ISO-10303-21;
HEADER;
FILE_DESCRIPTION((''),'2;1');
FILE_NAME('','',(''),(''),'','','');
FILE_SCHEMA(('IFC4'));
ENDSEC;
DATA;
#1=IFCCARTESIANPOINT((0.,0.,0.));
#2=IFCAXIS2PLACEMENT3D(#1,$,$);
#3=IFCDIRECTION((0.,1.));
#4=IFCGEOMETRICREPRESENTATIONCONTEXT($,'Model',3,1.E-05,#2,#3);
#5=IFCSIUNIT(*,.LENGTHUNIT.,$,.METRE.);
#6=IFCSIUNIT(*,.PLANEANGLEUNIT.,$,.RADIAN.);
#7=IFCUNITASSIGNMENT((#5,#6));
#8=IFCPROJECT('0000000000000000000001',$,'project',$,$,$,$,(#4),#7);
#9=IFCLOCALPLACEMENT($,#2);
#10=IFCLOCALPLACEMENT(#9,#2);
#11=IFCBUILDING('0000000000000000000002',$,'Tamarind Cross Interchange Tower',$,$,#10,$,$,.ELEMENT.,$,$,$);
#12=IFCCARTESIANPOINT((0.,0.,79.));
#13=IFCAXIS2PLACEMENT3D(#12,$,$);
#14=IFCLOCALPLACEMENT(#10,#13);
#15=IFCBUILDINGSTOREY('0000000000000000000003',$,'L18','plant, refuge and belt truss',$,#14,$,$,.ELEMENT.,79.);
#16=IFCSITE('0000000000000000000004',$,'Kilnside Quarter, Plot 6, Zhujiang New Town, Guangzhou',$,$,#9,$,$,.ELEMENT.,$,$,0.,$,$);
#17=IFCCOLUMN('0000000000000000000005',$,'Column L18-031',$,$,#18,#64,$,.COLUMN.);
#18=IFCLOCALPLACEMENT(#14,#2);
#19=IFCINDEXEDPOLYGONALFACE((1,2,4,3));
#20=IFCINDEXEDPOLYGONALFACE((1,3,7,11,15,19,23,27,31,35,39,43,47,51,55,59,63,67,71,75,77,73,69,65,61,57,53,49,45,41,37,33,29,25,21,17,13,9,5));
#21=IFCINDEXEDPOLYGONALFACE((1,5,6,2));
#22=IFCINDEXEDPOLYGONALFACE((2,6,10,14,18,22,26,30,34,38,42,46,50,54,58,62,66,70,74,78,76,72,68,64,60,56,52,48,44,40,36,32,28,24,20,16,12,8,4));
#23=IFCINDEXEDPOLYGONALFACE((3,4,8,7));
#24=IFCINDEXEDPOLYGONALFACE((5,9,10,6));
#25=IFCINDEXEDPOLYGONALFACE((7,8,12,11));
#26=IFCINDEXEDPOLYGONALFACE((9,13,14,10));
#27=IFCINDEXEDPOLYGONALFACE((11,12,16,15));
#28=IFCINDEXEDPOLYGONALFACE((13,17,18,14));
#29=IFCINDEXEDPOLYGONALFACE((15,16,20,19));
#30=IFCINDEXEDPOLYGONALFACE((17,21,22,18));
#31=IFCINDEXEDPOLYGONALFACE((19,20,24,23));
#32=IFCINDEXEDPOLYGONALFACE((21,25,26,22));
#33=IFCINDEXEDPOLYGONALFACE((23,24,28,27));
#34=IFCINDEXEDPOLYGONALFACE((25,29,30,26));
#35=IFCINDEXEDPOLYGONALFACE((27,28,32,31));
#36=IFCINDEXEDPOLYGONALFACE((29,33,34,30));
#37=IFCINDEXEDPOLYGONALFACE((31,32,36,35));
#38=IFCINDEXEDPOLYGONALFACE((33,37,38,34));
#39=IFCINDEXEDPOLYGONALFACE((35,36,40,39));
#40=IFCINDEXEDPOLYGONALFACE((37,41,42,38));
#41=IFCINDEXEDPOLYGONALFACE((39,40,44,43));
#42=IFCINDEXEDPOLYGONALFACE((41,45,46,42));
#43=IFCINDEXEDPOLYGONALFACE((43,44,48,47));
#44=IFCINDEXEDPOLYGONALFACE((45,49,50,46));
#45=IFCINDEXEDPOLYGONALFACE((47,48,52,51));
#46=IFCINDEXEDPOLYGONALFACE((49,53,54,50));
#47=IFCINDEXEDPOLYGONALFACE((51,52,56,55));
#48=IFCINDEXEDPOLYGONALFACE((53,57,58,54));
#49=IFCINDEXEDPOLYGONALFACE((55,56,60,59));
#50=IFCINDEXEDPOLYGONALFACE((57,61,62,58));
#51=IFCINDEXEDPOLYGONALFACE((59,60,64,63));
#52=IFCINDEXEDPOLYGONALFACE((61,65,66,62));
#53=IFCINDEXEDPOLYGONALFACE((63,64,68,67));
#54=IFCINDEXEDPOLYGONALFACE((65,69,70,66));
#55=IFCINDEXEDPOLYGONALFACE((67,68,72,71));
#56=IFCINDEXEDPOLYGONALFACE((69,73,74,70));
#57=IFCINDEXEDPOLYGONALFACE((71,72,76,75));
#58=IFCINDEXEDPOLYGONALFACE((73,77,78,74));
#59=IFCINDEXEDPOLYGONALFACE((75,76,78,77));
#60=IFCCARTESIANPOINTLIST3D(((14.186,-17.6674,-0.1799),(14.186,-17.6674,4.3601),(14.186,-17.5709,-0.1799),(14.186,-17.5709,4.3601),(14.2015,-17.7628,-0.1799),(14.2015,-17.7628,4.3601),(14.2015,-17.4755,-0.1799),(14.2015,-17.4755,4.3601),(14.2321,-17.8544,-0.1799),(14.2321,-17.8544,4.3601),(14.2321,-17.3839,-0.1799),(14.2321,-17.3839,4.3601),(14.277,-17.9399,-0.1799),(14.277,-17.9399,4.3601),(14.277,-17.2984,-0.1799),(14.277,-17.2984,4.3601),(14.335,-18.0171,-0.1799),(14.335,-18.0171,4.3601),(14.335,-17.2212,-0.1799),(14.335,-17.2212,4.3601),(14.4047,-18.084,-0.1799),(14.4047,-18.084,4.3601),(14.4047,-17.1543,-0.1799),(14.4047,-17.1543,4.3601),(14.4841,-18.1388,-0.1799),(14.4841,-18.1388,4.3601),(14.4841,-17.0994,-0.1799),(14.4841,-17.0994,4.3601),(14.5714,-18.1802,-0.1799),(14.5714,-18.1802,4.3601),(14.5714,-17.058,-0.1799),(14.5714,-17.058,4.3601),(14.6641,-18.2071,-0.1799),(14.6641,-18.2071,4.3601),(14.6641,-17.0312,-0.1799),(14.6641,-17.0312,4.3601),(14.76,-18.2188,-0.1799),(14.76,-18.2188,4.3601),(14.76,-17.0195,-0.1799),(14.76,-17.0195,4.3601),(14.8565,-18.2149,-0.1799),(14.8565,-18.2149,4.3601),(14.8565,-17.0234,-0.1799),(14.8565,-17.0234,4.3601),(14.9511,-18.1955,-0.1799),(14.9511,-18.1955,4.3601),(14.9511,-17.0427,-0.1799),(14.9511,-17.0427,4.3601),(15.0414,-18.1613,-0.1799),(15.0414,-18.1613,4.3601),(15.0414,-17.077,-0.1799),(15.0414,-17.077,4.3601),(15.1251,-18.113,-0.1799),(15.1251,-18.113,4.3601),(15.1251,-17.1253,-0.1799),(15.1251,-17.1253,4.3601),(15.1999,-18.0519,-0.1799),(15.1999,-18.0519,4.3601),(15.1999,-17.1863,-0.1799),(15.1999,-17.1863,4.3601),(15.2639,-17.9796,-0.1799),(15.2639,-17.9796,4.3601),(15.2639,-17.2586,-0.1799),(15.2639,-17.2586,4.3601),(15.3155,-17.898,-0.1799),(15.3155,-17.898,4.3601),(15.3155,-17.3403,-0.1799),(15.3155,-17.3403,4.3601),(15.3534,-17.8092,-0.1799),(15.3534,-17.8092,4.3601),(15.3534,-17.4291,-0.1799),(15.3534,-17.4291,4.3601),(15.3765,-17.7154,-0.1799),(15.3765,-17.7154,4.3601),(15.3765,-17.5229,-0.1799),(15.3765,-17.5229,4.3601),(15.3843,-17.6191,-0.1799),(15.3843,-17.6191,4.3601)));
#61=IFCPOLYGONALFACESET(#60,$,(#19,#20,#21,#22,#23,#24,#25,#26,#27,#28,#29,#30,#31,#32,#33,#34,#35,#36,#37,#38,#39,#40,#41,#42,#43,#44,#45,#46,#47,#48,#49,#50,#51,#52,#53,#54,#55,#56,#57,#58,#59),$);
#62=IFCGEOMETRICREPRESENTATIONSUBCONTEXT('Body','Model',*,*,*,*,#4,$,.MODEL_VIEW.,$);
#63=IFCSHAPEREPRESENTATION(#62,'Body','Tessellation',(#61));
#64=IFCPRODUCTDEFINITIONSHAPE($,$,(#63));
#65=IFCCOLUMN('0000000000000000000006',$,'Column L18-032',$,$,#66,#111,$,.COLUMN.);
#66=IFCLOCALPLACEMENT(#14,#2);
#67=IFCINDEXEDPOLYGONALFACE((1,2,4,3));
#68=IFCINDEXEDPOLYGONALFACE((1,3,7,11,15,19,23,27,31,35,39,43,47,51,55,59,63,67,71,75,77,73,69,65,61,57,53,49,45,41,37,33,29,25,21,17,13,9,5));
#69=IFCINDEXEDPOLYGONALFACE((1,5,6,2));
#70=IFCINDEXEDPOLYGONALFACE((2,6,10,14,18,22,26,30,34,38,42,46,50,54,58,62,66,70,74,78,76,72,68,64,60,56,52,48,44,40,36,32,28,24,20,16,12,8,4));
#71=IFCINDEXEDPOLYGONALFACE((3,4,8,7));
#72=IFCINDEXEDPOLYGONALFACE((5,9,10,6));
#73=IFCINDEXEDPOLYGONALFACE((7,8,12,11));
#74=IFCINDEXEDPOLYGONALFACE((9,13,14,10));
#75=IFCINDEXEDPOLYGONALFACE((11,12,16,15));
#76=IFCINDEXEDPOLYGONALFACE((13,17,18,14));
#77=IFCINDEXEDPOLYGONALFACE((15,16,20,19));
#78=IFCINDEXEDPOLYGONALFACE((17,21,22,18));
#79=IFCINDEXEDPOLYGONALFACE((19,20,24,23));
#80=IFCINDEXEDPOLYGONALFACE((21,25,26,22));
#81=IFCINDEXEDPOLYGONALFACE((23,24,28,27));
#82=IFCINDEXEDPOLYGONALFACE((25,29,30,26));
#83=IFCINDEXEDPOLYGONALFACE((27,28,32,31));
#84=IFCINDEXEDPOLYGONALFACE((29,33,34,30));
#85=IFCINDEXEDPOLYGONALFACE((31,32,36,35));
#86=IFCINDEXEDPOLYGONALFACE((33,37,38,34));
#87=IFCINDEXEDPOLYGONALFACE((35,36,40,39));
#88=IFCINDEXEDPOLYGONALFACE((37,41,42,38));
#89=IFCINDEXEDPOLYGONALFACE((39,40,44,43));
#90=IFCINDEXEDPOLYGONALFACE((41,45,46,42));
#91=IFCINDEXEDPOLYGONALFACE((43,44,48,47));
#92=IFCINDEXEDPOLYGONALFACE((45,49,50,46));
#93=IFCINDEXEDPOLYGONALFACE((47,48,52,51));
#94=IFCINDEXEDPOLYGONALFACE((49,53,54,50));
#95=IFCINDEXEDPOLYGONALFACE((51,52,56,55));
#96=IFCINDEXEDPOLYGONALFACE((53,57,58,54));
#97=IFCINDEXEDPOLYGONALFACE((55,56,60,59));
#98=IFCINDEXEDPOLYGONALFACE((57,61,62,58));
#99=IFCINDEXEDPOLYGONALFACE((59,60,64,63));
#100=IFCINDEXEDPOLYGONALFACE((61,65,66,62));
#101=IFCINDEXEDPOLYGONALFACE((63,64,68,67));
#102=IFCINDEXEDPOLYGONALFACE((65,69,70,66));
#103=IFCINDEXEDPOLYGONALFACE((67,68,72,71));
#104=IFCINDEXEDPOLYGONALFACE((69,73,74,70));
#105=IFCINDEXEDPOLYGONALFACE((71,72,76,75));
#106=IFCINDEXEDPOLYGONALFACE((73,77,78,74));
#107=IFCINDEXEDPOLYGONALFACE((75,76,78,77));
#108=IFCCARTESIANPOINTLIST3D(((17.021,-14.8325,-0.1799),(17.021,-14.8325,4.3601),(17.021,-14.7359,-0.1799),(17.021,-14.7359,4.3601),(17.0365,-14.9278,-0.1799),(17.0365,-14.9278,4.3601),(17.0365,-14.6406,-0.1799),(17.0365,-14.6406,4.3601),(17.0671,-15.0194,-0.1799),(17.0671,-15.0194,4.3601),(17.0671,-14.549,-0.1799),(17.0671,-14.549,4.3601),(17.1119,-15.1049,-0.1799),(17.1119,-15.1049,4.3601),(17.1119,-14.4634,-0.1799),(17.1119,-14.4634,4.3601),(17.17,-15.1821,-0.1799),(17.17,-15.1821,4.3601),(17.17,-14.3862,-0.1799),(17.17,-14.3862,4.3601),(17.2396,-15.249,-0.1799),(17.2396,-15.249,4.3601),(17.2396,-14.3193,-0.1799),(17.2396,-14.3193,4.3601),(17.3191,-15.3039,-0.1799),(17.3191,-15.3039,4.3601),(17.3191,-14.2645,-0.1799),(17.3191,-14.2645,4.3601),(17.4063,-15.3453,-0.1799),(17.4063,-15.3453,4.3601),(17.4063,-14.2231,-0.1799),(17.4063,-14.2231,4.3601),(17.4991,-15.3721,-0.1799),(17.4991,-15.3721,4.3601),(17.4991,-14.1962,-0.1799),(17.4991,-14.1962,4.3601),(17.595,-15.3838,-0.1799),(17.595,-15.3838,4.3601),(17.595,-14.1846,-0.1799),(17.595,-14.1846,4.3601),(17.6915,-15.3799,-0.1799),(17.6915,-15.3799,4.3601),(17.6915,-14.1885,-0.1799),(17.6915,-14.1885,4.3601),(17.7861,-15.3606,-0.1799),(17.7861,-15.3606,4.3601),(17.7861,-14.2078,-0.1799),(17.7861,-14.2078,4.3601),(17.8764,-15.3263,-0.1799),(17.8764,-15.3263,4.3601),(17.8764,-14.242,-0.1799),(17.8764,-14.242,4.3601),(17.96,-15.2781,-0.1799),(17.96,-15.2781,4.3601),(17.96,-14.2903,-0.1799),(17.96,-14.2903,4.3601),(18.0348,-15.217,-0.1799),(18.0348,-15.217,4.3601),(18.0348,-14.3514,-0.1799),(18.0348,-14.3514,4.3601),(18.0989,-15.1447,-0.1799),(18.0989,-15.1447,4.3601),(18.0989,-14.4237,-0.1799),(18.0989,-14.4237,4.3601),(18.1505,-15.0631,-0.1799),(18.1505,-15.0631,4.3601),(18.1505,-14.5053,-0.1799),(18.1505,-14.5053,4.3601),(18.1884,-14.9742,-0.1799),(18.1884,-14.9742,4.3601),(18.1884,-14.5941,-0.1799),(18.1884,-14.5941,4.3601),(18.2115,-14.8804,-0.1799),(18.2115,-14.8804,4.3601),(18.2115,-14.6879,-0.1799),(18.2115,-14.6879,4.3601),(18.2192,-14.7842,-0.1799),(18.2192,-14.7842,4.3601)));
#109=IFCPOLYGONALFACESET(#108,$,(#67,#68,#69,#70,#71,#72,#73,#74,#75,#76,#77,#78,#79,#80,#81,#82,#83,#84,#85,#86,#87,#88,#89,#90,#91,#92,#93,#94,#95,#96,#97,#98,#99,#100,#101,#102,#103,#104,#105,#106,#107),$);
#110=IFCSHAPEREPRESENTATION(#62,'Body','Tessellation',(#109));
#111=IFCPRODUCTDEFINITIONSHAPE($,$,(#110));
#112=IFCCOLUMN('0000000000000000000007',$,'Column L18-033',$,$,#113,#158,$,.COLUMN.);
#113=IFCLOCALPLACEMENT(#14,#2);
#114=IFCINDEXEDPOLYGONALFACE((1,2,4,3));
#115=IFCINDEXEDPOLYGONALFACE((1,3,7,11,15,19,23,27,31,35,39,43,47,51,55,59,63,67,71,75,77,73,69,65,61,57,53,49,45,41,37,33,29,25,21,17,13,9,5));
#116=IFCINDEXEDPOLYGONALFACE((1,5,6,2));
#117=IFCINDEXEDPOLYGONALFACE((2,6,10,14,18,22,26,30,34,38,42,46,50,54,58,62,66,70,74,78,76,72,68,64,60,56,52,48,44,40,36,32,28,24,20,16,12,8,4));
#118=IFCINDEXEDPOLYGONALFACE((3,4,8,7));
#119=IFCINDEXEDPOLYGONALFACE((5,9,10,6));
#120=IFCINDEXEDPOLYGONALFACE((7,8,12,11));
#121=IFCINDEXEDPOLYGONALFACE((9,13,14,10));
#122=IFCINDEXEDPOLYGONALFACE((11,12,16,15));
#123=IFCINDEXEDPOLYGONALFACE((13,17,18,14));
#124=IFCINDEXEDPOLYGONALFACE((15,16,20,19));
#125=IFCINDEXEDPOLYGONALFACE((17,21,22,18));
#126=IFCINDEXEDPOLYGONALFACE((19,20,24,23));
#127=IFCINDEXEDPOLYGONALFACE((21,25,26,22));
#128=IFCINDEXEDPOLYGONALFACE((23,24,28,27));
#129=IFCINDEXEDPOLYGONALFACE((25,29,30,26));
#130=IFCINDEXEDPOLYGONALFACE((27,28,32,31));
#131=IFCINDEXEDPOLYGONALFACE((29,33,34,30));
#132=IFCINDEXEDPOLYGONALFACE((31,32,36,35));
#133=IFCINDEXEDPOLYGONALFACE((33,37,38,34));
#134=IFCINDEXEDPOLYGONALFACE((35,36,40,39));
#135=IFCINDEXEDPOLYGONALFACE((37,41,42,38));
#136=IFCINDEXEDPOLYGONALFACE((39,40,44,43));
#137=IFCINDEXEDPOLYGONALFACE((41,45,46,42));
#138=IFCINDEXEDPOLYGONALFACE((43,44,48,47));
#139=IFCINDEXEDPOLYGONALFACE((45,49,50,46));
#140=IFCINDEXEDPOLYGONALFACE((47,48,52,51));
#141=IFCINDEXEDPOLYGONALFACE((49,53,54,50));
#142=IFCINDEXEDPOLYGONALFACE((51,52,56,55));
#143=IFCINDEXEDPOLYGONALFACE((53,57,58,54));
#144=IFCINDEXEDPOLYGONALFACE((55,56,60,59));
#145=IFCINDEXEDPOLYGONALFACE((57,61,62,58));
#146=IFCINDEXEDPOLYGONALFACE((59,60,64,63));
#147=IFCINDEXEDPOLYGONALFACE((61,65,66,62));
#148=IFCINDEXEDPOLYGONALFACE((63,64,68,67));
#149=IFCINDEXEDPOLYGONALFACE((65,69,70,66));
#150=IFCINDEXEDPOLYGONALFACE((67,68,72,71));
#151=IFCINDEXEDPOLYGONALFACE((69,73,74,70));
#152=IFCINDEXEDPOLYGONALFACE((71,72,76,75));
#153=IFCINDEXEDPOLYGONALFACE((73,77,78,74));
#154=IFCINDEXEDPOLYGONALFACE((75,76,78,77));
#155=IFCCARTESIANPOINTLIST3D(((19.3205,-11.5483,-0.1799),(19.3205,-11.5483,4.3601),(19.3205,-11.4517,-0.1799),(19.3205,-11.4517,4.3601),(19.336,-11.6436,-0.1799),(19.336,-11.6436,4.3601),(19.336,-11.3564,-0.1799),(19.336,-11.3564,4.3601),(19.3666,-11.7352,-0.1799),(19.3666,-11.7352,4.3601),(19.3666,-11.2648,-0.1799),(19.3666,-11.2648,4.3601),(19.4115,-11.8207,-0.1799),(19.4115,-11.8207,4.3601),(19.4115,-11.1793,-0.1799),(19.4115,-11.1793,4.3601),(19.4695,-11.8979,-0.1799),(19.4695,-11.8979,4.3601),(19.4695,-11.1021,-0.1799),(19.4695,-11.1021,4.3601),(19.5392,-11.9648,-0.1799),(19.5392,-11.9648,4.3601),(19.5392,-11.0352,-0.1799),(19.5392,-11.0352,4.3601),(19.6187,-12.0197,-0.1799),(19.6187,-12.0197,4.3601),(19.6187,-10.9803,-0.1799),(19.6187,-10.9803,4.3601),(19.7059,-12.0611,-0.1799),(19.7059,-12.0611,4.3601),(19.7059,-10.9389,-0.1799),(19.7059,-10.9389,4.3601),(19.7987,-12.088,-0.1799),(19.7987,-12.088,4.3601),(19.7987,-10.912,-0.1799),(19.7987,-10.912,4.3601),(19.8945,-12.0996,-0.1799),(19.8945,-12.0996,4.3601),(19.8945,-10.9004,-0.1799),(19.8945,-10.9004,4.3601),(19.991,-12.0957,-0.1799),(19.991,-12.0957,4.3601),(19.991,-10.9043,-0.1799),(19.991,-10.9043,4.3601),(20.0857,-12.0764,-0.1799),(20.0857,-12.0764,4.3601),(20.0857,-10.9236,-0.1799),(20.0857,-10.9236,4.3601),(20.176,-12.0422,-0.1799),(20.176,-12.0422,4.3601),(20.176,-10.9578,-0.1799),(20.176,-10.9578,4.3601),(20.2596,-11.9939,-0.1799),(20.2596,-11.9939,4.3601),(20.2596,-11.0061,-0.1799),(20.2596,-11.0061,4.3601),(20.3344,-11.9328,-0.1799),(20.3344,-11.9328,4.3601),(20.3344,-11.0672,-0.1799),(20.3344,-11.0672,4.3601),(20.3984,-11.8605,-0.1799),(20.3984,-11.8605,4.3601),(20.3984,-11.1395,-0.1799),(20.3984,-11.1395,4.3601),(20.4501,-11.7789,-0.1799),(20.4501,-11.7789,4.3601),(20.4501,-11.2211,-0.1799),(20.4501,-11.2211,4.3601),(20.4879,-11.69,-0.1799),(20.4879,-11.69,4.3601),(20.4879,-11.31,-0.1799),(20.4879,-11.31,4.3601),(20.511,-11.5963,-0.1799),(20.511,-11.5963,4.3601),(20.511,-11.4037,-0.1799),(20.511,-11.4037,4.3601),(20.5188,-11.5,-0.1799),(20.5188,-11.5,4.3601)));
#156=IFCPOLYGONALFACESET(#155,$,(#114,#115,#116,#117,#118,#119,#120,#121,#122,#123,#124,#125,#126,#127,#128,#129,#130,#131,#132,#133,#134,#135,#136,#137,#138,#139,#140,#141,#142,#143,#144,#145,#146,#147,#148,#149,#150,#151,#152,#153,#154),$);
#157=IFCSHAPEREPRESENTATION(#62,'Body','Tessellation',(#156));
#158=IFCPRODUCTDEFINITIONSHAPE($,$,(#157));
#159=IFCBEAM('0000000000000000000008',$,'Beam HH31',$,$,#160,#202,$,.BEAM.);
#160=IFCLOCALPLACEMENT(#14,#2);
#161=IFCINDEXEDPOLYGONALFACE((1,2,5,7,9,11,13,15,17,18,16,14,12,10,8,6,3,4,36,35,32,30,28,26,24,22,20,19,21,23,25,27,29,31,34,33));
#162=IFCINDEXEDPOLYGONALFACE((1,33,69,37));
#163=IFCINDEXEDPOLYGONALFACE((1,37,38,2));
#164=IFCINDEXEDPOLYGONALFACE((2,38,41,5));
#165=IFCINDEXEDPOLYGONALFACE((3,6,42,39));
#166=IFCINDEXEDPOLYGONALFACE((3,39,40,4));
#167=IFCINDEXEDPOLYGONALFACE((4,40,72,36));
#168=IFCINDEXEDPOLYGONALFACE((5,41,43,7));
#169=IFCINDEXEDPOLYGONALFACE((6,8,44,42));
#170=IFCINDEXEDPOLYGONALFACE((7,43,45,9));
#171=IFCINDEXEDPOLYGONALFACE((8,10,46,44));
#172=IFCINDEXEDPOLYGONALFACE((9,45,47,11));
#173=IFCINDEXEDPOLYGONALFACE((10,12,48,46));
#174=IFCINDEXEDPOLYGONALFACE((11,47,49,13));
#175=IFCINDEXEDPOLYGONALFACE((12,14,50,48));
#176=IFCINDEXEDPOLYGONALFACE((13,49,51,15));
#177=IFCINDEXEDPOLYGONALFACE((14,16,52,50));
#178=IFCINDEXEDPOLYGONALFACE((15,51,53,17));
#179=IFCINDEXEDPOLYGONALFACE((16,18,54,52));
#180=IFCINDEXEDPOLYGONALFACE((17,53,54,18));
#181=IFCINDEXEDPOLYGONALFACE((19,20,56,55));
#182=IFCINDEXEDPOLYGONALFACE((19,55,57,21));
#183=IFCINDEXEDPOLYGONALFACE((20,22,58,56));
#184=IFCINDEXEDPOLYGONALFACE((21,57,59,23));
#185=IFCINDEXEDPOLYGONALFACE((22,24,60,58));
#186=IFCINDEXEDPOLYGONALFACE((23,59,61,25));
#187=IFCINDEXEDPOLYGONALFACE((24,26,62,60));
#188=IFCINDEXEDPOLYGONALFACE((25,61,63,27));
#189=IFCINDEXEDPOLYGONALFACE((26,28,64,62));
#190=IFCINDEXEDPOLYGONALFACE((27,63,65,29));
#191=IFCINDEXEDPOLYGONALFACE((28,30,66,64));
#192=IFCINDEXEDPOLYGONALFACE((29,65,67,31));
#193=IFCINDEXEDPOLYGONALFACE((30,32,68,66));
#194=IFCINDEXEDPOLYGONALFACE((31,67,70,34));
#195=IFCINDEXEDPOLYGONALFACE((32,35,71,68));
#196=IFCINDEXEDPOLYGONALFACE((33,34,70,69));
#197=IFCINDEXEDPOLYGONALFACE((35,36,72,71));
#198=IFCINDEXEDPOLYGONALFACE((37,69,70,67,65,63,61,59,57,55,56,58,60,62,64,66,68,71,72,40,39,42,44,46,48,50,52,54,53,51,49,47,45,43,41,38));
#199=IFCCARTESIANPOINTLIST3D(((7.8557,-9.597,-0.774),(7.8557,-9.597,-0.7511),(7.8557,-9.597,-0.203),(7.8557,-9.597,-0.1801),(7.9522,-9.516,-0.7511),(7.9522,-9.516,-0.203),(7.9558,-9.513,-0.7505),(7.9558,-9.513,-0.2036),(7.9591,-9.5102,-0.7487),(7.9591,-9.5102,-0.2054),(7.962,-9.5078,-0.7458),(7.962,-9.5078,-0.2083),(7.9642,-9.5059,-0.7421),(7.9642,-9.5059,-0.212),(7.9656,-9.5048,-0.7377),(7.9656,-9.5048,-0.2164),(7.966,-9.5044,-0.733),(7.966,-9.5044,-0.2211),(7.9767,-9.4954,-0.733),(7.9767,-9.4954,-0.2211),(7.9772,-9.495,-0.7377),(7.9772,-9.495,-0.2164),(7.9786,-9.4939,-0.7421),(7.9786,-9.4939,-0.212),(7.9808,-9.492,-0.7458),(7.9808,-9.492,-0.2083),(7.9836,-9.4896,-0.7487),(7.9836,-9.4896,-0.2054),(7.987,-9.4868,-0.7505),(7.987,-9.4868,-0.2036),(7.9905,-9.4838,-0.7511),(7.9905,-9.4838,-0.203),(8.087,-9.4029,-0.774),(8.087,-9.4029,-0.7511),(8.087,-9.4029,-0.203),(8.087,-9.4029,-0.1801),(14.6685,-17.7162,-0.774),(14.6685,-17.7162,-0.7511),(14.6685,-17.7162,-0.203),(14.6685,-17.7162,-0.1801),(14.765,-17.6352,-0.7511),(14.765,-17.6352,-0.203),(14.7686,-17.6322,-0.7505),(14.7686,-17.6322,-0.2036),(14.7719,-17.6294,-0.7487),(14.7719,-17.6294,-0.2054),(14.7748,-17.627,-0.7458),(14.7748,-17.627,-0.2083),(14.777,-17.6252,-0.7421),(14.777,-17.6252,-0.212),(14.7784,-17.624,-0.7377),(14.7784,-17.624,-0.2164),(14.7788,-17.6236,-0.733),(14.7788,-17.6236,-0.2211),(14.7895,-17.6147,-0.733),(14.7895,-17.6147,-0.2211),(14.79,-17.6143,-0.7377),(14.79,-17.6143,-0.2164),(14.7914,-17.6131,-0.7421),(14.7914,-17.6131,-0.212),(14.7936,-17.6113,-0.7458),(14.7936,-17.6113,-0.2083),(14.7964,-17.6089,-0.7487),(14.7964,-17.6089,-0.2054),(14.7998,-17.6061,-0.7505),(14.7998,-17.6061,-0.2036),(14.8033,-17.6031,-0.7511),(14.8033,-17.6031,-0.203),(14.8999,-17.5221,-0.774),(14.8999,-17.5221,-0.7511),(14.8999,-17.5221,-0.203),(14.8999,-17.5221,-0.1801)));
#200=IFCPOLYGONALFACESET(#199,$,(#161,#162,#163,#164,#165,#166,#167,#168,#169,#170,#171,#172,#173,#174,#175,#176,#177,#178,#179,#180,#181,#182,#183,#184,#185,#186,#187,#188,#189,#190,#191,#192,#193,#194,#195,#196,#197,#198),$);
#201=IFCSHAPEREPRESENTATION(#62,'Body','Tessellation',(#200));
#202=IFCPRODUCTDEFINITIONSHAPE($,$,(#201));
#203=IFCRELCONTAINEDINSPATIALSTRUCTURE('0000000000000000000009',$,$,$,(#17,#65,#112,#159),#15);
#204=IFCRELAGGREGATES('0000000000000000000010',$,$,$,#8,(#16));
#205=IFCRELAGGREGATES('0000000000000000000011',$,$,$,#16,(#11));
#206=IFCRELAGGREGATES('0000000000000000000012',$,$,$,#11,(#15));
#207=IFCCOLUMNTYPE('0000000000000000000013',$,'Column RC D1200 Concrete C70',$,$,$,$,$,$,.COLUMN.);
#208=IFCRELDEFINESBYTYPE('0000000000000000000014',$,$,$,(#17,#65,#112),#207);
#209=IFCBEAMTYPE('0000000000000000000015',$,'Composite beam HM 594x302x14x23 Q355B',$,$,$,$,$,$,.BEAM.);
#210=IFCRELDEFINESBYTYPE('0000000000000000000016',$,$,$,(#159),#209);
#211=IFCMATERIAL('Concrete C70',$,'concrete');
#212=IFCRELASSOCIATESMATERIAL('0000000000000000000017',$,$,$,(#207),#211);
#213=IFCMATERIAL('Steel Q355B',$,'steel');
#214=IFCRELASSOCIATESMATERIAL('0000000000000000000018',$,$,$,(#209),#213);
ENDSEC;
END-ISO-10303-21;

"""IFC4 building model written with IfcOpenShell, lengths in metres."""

from ifc_helpers import new_model, si_unit, direction, frame, origin, origin_2d, place, context, subcontext, project, spatial, circle, i_section, extrude, material, material_profile, profile_set, type_object, element, save


model = new_model("IFC4")

# Units and contexts
model_context = context("Model", 3, precision=1e-05, world=origin(), true_north=direction((0.0, 1.0)))
body_context = subcontext(model_context, "Body", "Model", "MODEL_VIEW")
ifc_project = project(units=[si_unit("LENGTHUNIT", "METRE"), si_unit("PLANEANGLEUNIT", "RADIAN")], contexts=[model_context])

# Site, building, storey
site_placement = place(None, origin())
site = spatial("IfcSite", under=ifc_project, at=site_placement, Name="Kilnside Quarter, Plot 6, Zhujiang New Town, Guangzhou", CompositionType="ELEMENT", RefElevation=0.0)
building_placement = place(site_placement, origin())
building = spatial("IfcBuilding", under=site, at=building_placement, Name="Tamarind Cross Interchange Tower", CompositionType="ELEMENT")
storey_placement = place(building_placement, frame((0.0, 0.0, 79.0)))
storey = spatial("IfcBuildingStorey", under=building, at=storey_placement, Name="L18", Description="plant, refuge and belt truss", CompositionType="ELEMENT", Elevation=79.0)

# Columns
ifc_material_1 = material(Name="Concrete C70", Category="concrete")
ifc_material_profile_1 = material_profile(ifc_material_1, circle(Radius=0.6001, at=origin_2d()), Name="RC D1200")
ifc_profile_set_1 = profile_set([ifc_material_profile_1], Name="Concrete C70")
column_type = type_object("IfcColumnType", Name="Column RC D1200 Concrete C70", PredefinedType="COLUMN", material=ifc_profile_set_1)
for number, where, z_axis, x_axis, name in (
    (1, (14.7842, -17.6191, -0.1799), (0.0, 0.0, 1.0), (1.0, 0.0, 0.0), "Column L18-031"),
    (2, (17.6191, -14.7842, -0.1799), (0.0, 0.0, 1.0), (1.0, 0.0, 0.0), "Column L18-032"),
    (3, (19.9187, -11.5, -0.1799), (0.0, 0.0, 1.0), (1.0, 0.0, 0.0), "Column L18-033"),
):
    element("IfcColumn", number, at=place(storey_placement, frame(where, z_axis=z_axis, x_axis=x_axis)), inside=storey, type_object=column_type, Name=name, PredefinedType="COLUMN", context=body_context, shape_type="SweptSolid", body=[
        extrude(circle(Radius=0.6001, at=origin_2d()), origin(), (0.0, 0.0, 1.0), 4.54),
    ])

# Beam
ifc_material_2 = material(Name="Steel Q355B", Category="steel")
ifc_material_profile_2 = material_profile(ifc_material_2, i_section(OverallWidth=0.302, OverallDepth=0.594, WebThickness=0.0139, FlangeThickness=0.0229, FilletRadius=0.0181, at=origin_2d()), Name="HM 594x302x14x23")
ifc_profile_set_2 = profile_set([ifc_material_profile_2], Name="Steel Q355B")
beam_type = type_object("IfcBeamType", Name="Composite beam HM 594x302x14x23 Q355B", PredefinedType="BEAM", material=ifc_profile_set_2)
beam_1_placement = place(storey_placement, frame((14.7842, -17.6191, -0.4771), z_axis=(-0.642786, 0.766046, 0.0), x_axis=(-0.766046, -0.642786, 0.0)))
element("IfcBeam", 4, at=beam_1_placement, inside=storey, type_object=beam_type, Name="Beam HH31", PredefinedType="BEAM", context=body_context, shape_type="SweptSolid", body=[
    extrude(i_section(OverallWidth=0.302, OverallDepth=0.594, WebThickness=0.0139, FlangeThickness=0.0229, FilletRadius=0.0181, at=origin_2d()), origin(), (0.0, 0.0, 1.0), 10.5989),
])

save(model, "model.ifc")
